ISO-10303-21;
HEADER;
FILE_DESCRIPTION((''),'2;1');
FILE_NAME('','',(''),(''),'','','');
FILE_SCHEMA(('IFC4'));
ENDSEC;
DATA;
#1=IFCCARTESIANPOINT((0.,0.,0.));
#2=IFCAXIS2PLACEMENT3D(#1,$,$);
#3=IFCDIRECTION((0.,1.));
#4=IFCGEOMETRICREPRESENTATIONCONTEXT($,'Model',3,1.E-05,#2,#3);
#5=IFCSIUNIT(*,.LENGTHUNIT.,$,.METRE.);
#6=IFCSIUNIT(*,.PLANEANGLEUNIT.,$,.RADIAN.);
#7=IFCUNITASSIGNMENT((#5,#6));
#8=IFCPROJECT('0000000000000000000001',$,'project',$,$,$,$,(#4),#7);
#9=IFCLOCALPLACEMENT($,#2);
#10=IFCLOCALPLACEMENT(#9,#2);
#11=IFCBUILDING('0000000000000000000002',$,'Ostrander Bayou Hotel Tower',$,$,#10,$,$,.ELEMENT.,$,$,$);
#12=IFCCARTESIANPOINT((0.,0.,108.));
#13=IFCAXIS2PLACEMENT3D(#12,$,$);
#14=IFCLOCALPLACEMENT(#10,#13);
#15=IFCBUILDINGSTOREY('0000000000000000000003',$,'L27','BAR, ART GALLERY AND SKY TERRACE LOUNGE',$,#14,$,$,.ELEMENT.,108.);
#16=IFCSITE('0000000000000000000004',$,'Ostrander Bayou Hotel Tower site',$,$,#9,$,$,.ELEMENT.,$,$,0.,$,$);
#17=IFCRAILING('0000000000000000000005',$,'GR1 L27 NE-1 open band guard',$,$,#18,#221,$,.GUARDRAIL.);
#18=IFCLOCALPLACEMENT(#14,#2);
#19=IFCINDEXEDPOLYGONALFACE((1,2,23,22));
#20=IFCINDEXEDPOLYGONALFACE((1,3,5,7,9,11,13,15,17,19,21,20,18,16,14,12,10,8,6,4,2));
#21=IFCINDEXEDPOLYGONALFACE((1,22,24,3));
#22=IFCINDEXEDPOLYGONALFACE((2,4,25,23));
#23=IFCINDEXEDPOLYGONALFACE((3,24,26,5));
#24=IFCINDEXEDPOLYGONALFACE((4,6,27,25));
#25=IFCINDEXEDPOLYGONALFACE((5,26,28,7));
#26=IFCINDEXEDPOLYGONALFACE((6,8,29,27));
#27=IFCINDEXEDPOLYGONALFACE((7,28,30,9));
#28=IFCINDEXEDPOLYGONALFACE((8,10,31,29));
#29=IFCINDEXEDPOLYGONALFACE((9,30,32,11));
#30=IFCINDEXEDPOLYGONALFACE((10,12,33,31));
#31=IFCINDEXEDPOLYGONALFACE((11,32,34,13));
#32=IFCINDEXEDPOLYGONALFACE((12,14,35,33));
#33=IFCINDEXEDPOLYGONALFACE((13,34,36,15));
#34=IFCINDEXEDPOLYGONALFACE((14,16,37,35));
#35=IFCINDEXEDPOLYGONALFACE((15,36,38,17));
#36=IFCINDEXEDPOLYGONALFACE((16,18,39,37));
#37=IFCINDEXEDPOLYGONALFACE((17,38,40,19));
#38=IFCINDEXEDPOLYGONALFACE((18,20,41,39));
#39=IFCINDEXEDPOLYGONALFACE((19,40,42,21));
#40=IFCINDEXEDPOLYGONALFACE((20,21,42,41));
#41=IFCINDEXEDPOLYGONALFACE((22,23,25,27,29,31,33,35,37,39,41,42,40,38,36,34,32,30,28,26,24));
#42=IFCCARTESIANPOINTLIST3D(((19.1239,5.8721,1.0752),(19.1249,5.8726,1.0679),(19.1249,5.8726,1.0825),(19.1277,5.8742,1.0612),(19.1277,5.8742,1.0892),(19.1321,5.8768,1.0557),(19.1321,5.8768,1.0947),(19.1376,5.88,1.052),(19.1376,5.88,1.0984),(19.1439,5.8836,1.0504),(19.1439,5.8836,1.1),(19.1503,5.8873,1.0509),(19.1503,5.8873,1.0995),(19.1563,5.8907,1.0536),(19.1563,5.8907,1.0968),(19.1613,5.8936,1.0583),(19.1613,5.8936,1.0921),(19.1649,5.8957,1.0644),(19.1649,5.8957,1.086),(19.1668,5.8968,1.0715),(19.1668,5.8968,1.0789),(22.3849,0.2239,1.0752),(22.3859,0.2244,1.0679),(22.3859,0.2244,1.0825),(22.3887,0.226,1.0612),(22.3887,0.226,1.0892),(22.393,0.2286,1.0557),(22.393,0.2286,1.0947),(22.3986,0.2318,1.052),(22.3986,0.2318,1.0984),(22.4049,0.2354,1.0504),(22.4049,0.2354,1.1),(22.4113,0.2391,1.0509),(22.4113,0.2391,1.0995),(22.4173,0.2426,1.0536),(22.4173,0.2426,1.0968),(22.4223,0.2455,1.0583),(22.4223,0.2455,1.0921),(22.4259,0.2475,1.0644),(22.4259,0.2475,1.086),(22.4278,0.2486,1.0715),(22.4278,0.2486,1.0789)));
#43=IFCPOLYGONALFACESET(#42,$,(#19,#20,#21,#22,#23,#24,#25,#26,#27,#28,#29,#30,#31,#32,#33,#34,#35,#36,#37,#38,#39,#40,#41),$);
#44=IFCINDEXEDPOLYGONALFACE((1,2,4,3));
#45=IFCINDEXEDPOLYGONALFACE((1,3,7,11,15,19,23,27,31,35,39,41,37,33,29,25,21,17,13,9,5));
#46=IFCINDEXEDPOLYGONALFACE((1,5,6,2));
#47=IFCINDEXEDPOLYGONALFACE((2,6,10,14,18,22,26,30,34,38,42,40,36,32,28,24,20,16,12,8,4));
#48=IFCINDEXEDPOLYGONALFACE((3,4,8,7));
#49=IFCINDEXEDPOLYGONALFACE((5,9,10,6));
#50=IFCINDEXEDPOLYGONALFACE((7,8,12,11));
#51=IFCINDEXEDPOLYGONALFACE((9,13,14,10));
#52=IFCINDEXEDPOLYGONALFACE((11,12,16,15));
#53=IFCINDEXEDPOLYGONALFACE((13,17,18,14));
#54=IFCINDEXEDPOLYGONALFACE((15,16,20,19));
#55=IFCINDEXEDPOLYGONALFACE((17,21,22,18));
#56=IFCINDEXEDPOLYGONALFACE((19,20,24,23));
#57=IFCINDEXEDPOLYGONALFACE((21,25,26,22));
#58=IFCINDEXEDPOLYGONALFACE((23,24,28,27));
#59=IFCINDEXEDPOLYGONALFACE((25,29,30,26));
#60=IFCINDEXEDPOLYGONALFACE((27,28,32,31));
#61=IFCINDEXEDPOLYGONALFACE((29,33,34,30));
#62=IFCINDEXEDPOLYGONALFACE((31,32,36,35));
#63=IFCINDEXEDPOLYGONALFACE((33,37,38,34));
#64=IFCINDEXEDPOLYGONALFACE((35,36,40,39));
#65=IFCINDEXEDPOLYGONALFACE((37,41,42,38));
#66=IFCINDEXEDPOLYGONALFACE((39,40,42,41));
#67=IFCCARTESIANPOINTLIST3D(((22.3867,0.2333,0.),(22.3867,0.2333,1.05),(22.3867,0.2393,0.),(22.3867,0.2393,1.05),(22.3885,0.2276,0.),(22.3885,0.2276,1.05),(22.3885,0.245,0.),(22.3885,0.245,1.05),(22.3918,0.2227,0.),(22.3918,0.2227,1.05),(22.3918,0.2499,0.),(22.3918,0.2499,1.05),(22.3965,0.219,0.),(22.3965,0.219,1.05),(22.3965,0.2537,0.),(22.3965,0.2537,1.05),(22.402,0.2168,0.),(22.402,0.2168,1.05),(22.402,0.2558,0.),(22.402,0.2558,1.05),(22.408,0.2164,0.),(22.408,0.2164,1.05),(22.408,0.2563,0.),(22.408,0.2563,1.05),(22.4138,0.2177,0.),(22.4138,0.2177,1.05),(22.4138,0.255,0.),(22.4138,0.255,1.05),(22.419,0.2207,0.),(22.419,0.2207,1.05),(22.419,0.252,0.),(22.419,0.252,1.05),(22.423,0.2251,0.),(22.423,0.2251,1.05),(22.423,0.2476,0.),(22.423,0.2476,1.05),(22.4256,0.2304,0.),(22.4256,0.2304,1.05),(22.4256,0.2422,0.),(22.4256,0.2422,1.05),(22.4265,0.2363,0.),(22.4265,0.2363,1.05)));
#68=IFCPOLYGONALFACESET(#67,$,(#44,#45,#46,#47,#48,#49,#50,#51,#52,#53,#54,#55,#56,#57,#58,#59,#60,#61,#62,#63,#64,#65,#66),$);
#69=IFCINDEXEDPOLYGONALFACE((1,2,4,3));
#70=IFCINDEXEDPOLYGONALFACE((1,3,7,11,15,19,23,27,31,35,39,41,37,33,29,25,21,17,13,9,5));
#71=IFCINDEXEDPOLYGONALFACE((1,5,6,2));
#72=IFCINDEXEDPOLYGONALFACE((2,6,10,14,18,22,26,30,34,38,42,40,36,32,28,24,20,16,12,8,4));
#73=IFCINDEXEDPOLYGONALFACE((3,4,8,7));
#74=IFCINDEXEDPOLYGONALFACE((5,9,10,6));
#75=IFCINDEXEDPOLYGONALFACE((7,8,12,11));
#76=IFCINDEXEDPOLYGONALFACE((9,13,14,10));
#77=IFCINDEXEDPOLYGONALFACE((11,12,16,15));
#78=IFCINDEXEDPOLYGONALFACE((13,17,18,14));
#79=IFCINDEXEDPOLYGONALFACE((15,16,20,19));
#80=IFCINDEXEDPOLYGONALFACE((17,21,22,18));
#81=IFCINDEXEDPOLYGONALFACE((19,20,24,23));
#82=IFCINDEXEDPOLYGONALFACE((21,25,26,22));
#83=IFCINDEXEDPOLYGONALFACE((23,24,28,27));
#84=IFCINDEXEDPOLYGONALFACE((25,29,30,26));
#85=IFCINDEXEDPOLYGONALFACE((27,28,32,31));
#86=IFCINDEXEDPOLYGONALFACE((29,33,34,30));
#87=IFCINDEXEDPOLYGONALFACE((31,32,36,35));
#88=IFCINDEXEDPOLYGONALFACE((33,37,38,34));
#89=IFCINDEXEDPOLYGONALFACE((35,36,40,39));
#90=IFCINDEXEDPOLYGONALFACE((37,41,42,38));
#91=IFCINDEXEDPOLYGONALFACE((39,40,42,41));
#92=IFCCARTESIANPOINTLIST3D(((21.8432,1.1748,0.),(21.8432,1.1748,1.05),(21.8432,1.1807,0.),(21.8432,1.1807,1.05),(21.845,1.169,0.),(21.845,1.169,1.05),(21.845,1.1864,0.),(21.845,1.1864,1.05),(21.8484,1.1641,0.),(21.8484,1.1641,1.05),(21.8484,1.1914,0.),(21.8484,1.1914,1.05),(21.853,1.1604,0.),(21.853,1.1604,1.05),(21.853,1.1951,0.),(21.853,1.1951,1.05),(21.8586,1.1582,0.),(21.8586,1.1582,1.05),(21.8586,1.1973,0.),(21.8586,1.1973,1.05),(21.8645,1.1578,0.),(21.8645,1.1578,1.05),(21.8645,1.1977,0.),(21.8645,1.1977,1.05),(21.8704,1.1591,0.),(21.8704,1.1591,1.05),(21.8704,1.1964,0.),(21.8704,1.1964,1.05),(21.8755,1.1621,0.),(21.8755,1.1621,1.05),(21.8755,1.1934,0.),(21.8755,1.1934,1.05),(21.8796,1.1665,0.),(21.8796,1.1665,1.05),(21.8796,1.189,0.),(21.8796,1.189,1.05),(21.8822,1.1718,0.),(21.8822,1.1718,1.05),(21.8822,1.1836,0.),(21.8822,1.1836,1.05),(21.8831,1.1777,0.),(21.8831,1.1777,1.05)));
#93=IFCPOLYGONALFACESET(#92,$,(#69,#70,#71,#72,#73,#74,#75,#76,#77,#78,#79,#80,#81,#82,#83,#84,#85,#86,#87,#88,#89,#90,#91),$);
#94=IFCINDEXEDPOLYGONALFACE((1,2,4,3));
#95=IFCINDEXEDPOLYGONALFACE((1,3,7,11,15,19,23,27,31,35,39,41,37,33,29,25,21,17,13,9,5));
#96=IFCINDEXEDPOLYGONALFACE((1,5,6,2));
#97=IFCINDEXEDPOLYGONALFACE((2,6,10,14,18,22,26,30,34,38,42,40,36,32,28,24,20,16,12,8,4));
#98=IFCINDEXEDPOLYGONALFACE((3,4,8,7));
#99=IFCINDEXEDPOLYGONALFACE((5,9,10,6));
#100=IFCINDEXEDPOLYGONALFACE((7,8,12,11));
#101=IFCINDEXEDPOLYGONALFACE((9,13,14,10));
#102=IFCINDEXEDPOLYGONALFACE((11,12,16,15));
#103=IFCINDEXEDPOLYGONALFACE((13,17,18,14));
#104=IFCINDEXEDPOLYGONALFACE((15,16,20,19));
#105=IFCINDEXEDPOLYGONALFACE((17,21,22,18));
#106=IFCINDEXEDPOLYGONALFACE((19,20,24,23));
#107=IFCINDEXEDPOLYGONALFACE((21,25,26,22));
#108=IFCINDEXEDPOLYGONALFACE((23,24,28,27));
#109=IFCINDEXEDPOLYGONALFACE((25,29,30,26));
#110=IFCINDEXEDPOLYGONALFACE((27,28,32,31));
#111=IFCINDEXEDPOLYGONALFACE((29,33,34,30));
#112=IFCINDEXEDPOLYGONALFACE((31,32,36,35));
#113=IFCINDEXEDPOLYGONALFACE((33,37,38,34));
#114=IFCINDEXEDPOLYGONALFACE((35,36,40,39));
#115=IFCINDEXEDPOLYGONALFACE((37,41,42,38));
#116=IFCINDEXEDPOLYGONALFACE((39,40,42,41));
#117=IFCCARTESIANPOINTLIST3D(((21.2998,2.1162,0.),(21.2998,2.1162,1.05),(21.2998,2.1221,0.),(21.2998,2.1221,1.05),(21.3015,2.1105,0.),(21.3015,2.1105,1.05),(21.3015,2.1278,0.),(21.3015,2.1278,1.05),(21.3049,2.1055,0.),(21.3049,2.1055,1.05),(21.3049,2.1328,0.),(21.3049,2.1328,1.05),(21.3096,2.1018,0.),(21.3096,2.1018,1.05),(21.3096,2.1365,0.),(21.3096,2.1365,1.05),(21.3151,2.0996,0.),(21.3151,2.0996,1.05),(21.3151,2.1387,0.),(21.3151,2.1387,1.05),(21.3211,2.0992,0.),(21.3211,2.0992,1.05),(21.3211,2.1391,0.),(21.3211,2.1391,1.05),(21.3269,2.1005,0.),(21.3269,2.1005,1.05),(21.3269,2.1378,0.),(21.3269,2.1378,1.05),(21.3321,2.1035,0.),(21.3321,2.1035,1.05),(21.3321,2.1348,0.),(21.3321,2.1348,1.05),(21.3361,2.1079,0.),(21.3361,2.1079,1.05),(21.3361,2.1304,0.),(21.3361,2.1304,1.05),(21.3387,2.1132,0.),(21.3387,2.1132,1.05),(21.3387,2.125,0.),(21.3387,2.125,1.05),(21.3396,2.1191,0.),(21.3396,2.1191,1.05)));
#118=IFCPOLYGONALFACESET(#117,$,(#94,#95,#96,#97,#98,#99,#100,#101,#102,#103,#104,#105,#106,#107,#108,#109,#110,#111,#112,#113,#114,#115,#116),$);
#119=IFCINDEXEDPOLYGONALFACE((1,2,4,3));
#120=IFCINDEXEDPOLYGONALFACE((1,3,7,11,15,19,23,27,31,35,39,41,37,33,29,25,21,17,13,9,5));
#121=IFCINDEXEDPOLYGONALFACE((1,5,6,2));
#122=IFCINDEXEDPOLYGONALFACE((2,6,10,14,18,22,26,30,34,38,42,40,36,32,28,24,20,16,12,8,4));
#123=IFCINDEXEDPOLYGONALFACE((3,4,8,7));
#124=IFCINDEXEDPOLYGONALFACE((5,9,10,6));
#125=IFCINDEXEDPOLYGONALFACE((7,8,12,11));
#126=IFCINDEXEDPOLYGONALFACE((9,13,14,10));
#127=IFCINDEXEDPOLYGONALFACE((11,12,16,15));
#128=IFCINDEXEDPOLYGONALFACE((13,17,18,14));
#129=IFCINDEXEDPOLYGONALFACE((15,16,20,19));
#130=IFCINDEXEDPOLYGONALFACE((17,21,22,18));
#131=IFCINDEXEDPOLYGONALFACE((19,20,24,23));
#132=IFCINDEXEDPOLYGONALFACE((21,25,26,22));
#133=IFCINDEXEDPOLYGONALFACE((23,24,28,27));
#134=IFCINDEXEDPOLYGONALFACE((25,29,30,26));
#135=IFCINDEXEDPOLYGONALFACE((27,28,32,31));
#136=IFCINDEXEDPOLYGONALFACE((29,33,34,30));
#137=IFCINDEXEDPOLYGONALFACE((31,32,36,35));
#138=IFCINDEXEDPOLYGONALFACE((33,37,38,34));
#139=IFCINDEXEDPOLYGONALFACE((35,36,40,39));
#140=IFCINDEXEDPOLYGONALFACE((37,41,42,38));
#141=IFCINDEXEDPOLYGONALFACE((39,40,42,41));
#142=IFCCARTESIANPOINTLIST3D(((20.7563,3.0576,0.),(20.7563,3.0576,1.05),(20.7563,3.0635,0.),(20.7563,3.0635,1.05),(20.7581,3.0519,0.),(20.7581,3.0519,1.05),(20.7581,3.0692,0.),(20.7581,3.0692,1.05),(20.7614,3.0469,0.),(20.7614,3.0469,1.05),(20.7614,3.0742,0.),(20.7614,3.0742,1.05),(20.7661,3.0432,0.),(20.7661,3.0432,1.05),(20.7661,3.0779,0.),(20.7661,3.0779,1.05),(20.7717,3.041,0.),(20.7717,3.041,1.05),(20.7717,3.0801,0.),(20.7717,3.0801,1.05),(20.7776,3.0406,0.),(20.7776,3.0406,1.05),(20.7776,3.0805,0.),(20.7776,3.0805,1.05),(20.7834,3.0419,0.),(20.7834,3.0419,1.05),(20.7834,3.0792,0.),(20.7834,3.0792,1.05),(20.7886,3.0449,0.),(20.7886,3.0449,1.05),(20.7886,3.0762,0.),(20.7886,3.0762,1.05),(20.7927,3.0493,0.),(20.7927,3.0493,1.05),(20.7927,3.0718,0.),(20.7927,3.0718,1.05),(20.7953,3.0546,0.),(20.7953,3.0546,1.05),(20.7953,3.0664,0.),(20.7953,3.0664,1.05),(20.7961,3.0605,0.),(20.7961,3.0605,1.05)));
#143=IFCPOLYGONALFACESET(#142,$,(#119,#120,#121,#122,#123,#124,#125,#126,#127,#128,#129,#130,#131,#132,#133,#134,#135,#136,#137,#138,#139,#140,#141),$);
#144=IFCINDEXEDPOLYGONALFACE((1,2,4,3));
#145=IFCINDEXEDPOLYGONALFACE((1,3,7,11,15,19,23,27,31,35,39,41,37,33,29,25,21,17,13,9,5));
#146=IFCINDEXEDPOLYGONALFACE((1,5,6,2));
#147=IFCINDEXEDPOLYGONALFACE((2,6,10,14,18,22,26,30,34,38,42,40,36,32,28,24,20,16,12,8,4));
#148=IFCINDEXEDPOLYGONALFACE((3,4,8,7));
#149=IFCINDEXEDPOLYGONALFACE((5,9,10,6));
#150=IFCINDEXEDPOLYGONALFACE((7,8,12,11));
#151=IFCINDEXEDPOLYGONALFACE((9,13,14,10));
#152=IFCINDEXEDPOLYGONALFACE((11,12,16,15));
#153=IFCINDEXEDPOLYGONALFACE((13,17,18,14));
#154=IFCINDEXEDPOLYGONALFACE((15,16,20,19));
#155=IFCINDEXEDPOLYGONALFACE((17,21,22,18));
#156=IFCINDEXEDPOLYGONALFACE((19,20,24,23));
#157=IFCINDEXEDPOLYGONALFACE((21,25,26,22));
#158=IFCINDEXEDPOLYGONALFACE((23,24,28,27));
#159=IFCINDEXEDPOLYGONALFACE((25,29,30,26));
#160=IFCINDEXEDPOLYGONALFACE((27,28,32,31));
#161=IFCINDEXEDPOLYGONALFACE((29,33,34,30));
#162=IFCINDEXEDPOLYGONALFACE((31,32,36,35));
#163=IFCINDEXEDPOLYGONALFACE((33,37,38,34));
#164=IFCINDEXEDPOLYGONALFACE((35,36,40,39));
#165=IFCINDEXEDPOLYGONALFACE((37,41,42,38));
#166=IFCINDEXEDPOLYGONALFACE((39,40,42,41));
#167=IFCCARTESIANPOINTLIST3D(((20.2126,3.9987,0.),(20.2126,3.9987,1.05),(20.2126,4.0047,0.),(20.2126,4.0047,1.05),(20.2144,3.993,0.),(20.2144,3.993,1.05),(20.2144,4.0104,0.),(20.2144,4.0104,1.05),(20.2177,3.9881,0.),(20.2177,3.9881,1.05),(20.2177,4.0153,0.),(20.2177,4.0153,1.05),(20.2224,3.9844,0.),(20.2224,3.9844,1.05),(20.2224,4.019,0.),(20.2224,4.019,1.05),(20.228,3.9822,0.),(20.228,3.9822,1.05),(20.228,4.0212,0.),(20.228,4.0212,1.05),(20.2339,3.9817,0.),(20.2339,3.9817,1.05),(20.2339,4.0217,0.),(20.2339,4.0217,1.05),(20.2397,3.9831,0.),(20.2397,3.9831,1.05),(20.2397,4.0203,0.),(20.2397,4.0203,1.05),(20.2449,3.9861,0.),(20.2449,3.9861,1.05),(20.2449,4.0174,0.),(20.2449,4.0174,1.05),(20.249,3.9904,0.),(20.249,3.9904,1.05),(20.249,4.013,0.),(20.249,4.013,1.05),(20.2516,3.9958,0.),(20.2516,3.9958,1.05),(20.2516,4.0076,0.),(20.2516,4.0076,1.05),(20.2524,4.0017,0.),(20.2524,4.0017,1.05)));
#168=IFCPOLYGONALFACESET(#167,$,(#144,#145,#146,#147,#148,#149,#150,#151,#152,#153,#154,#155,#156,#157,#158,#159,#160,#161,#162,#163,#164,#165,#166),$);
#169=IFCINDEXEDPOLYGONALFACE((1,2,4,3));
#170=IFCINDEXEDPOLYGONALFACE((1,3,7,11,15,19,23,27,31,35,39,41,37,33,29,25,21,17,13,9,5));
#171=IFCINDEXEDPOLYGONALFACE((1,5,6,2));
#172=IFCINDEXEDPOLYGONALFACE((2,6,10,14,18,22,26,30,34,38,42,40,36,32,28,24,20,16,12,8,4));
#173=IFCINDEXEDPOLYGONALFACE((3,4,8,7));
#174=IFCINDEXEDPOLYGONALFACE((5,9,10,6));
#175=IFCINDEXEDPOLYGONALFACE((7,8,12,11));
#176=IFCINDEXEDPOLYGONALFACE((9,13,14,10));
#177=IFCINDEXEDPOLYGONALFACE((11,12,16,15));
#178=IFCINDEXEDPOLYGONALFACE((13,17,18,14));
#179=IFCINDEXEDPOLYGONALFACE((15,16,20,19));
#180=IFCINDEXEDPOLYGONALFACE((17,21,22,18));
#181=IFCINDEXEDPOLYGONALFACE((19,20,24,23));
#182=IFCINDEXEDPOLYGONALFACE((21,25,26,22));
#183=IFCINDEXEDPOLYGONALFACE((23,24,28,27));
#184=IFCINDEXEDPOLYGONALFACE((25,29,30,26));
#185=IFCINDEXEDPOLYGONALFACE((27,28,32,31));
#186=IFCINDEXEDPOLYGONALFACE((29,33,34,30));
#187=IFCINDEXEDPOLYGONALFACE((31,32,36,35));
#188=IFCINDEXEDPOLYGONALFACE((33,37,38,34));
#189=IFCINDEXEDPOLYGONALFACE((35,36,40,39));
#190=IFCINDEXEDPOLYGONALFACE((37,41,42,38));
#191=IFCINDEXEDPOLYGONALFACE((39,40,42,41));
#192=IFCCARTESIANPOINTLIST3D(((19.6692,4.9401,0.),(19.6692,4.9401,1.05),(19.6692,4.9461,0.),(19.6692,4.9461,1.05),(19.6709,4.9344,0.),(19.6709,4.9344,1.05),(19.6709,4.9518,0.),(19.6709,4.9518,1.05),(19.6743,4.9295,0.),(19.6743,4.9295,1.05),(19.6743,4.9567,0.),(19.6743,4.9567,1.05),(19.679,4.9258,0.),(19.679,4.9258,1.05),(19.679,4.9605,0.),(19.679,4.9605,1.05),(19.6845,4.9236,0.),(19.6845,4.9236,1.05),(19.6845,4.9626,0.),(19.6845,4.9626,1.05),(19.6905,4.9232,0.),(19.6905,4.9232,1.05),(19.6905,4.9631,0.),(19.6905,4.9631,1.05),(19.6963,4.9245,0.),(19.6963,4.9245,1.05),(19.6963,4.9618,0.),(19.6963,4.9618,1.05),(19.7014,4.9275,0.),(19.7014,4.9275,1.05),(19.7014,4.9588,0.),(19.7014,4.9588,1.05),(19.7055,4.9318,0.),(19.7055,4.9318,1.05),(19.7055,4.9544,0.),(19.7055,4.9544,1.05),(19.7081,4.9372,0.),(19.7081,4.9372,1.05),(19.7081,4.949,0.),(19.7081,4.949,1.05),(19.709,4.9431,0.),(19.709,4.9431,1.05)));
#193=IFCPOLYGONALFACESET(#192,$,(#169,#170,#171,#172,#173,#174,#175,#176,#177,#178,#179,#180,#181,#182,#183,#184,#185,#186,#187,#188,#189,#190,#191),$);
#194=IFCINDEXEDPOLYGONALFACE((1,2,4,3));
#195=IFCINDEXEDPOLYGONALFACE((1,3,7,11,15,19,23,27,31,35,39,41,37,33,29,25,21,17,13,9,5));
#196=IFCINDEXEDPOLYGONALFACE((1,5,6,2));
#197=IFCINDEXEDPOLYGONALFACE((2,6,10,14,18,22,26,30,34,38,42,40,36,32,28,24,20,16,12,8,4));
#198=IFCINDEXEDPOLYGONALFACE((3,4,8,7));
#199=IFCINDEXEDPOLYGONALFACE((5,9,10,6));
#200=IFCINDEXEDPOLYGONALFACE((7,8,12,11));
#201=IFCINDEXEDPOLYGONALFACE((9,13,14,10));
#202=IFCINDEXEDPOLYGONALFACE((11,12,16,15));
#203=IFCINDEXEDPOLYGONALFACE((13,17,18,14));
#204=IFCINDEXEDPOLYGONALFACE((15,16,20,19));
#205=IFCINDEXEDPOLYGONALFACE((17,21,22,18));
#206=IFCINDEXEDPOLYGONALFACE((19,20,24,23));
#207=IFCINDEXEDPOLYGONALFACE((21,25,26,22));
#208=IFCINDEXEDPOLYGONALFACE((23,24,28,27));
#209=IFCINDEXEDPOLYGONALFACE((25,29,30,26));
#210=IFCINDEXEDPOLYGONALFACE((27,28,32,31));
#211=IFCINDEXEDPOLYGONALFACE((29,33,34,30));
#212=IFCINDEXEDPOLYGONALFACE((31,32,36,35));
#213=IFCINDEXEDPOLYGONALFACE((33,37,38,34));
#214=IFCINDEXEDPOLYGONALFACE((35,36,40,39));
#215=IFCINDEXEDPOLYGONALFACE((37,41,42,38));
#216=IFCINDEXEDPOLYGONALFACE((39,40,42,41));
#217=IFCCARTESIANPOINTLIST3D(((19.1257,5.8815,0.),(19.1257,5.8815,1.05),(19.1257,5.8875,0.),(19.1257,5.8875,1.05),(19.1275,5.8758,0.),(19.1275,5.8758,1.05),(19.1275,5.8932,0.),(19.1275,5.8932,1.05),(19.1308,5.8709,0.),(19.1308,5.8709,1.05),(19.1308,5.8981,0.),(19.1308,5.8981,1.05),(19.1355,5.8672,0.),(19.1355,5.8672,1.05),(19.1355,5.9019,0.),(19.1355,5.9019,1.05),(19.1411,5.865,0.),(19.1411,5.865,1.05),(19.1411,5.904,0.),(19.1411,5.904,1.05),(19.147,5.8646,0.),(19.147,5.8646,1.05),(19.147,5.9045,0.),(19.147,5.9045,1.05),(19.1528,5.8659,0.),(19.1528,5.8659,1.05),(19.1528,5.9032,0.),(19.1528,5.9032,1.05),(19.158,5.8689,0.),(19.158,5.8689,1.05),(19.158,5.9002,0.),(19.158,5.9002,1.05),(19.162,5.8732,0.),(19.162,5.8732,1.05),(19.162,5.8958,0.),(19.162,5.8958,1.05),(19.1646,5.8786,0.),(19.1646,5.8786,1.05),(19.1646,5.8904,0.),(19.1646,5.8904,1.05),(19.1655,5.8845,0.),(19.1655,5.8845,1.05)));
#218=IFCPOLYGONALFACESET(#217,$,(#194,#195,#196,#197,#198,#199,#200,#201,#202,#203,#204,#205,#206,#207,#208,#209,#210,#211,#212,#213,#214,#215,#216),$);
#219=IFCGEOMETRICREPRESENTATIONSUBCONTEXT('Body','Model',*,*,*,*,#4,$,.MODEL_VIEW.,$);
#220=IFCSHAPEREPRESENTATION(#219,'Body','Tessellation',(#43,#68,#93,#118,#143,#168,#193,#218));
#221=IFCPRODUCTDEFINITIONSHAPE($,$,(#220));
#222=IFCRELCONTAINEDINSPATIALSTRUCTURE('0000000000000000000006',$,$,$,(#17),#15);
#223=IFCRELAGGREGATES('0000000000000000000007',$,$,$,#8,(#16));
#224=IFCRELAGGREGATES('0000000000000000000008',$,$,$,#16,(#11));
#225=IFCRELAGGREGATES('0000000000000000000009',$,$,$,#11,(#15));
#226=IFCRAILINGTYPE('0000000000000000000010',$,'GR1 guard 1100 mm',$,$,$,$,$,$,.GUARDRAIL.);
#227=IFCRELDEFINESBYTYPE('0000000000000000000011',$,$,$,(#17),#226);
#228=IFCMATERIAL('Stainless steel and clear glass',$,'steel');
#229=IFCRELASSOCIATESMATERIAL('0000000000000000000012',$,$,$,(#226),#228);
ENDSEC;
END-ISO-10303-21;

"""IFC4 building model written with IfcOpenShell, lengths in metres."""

from ifc_helpers import new_model, si_unit, direction, frame, origin, origin_2d, place, context, subcontext, project, spatial, circle, extrude, material, type_object, element, save


model = new_model("IFC4")

# Units and contexts
model_context = context("Model", 3, precision=1e-05, world=origin(), true_north=direction((0.0, 1.0)))
body_context = subcontext(model_context, "Body", "Model", "MODEL_VIEW")
ifc_project = project(units=[si_unit("LENGTHUNIT", "METRE"), si_unit("PLANEANGLEUNIT", "RADIAN")], contexts=[model_context])

# Site, building, storey
site_placement = place(None, origin())
site = spatial("IfcSite", under=ifc_project, at=site_placement, Name="Ostrander Bayou Hotel Tower site", CompositionType="ELEMENT", RefElevation=0.0)
building_placement = place(site_placement, origin())
building = spatial("IfcBuilding", under=site, at=building_placement, Name="Ostrander Bayou Hotel Tower", CompositionType="ELEMENT")
storey_placement = place(building_placement, frame((0.0, 0.0, 108.0)))
storey = spatial("IfcBuildingStorey", under=building, at=storey_placement, Name="L27", Description="BAR, ART GALLERY AND SKY TERRACE LOUNGE", CompositionType="ELEMENT", Elevation=108.0)

# Railing
ifc_material_1 = material(Name="Stainless steel and clear glass", Category="steel")
railing_type_1 = type_object("IfcRailingType", Name="GR1 guard 1100 mm", PredefinedType="GUARDRAIL", material=ifc_material_1)
railing_1_placement = place(storey_placement, frame((22.4065, 0.2363, 0.0)))
element("IfcRailing", 1, at=railing_1_placement, inside=storey, type_object=railing_type_1, Name="GR1 L27 NE-1 open band guard", PredefinedType="GUARDRAIL", context=body_context, shape_type="SweptSolid", body=[
    extrude(circle(Radius=0.0249, at=origin_2d()), frame((0.0, 0.0, 1.0752), z_axis=(-0.5, 0.866025, 0.0), x_axis=(-0.866025, -0.5, 0.0)), (0.0, 0.0, 1.0), 6.522),
    extrude(circle(Radius=0.02, at=origin_2d()), origin(), (0.0, 0.0, 1.0), 1.05),
    extrude(circle(Radius=0.02, at=origin_2d()), frame((-0.5435, 0.9414, 0.0)), (0.0, 0.0, 1.0), 1.05),
    extrude(circle(Radius=0.02, at=origin_2d()), frame((-1.0869, 1.8828, 0.0)), (0.0, 0.0, 1.0), 1.05),
    extrude(circle(Radius=0.02, at=origin_2d()), frame((-1.6304, 2.8242, 0.0)), (0.0, 0.0, 1.0), 1.05),
    extrude(circle(Radius=0.02, at=origin_2d()), frame((-2.1741, 3.7654, 0.0)), (0.0, 0.0, 1.0), 1.05),
    extrude(circle(Radius=0.02, at=origin_2d()), frame((-2.7175, 4.7068, 0.0)), (0.0, 0.0, 1.0), 1.05),
    extrude(circle(Radius=0.02, at=origin_2d()), frame((-3.261, 5.6482, 0.0)), (0.0, 0.0, 1.0), 1.05),
])

save(model, "model.ifc")
